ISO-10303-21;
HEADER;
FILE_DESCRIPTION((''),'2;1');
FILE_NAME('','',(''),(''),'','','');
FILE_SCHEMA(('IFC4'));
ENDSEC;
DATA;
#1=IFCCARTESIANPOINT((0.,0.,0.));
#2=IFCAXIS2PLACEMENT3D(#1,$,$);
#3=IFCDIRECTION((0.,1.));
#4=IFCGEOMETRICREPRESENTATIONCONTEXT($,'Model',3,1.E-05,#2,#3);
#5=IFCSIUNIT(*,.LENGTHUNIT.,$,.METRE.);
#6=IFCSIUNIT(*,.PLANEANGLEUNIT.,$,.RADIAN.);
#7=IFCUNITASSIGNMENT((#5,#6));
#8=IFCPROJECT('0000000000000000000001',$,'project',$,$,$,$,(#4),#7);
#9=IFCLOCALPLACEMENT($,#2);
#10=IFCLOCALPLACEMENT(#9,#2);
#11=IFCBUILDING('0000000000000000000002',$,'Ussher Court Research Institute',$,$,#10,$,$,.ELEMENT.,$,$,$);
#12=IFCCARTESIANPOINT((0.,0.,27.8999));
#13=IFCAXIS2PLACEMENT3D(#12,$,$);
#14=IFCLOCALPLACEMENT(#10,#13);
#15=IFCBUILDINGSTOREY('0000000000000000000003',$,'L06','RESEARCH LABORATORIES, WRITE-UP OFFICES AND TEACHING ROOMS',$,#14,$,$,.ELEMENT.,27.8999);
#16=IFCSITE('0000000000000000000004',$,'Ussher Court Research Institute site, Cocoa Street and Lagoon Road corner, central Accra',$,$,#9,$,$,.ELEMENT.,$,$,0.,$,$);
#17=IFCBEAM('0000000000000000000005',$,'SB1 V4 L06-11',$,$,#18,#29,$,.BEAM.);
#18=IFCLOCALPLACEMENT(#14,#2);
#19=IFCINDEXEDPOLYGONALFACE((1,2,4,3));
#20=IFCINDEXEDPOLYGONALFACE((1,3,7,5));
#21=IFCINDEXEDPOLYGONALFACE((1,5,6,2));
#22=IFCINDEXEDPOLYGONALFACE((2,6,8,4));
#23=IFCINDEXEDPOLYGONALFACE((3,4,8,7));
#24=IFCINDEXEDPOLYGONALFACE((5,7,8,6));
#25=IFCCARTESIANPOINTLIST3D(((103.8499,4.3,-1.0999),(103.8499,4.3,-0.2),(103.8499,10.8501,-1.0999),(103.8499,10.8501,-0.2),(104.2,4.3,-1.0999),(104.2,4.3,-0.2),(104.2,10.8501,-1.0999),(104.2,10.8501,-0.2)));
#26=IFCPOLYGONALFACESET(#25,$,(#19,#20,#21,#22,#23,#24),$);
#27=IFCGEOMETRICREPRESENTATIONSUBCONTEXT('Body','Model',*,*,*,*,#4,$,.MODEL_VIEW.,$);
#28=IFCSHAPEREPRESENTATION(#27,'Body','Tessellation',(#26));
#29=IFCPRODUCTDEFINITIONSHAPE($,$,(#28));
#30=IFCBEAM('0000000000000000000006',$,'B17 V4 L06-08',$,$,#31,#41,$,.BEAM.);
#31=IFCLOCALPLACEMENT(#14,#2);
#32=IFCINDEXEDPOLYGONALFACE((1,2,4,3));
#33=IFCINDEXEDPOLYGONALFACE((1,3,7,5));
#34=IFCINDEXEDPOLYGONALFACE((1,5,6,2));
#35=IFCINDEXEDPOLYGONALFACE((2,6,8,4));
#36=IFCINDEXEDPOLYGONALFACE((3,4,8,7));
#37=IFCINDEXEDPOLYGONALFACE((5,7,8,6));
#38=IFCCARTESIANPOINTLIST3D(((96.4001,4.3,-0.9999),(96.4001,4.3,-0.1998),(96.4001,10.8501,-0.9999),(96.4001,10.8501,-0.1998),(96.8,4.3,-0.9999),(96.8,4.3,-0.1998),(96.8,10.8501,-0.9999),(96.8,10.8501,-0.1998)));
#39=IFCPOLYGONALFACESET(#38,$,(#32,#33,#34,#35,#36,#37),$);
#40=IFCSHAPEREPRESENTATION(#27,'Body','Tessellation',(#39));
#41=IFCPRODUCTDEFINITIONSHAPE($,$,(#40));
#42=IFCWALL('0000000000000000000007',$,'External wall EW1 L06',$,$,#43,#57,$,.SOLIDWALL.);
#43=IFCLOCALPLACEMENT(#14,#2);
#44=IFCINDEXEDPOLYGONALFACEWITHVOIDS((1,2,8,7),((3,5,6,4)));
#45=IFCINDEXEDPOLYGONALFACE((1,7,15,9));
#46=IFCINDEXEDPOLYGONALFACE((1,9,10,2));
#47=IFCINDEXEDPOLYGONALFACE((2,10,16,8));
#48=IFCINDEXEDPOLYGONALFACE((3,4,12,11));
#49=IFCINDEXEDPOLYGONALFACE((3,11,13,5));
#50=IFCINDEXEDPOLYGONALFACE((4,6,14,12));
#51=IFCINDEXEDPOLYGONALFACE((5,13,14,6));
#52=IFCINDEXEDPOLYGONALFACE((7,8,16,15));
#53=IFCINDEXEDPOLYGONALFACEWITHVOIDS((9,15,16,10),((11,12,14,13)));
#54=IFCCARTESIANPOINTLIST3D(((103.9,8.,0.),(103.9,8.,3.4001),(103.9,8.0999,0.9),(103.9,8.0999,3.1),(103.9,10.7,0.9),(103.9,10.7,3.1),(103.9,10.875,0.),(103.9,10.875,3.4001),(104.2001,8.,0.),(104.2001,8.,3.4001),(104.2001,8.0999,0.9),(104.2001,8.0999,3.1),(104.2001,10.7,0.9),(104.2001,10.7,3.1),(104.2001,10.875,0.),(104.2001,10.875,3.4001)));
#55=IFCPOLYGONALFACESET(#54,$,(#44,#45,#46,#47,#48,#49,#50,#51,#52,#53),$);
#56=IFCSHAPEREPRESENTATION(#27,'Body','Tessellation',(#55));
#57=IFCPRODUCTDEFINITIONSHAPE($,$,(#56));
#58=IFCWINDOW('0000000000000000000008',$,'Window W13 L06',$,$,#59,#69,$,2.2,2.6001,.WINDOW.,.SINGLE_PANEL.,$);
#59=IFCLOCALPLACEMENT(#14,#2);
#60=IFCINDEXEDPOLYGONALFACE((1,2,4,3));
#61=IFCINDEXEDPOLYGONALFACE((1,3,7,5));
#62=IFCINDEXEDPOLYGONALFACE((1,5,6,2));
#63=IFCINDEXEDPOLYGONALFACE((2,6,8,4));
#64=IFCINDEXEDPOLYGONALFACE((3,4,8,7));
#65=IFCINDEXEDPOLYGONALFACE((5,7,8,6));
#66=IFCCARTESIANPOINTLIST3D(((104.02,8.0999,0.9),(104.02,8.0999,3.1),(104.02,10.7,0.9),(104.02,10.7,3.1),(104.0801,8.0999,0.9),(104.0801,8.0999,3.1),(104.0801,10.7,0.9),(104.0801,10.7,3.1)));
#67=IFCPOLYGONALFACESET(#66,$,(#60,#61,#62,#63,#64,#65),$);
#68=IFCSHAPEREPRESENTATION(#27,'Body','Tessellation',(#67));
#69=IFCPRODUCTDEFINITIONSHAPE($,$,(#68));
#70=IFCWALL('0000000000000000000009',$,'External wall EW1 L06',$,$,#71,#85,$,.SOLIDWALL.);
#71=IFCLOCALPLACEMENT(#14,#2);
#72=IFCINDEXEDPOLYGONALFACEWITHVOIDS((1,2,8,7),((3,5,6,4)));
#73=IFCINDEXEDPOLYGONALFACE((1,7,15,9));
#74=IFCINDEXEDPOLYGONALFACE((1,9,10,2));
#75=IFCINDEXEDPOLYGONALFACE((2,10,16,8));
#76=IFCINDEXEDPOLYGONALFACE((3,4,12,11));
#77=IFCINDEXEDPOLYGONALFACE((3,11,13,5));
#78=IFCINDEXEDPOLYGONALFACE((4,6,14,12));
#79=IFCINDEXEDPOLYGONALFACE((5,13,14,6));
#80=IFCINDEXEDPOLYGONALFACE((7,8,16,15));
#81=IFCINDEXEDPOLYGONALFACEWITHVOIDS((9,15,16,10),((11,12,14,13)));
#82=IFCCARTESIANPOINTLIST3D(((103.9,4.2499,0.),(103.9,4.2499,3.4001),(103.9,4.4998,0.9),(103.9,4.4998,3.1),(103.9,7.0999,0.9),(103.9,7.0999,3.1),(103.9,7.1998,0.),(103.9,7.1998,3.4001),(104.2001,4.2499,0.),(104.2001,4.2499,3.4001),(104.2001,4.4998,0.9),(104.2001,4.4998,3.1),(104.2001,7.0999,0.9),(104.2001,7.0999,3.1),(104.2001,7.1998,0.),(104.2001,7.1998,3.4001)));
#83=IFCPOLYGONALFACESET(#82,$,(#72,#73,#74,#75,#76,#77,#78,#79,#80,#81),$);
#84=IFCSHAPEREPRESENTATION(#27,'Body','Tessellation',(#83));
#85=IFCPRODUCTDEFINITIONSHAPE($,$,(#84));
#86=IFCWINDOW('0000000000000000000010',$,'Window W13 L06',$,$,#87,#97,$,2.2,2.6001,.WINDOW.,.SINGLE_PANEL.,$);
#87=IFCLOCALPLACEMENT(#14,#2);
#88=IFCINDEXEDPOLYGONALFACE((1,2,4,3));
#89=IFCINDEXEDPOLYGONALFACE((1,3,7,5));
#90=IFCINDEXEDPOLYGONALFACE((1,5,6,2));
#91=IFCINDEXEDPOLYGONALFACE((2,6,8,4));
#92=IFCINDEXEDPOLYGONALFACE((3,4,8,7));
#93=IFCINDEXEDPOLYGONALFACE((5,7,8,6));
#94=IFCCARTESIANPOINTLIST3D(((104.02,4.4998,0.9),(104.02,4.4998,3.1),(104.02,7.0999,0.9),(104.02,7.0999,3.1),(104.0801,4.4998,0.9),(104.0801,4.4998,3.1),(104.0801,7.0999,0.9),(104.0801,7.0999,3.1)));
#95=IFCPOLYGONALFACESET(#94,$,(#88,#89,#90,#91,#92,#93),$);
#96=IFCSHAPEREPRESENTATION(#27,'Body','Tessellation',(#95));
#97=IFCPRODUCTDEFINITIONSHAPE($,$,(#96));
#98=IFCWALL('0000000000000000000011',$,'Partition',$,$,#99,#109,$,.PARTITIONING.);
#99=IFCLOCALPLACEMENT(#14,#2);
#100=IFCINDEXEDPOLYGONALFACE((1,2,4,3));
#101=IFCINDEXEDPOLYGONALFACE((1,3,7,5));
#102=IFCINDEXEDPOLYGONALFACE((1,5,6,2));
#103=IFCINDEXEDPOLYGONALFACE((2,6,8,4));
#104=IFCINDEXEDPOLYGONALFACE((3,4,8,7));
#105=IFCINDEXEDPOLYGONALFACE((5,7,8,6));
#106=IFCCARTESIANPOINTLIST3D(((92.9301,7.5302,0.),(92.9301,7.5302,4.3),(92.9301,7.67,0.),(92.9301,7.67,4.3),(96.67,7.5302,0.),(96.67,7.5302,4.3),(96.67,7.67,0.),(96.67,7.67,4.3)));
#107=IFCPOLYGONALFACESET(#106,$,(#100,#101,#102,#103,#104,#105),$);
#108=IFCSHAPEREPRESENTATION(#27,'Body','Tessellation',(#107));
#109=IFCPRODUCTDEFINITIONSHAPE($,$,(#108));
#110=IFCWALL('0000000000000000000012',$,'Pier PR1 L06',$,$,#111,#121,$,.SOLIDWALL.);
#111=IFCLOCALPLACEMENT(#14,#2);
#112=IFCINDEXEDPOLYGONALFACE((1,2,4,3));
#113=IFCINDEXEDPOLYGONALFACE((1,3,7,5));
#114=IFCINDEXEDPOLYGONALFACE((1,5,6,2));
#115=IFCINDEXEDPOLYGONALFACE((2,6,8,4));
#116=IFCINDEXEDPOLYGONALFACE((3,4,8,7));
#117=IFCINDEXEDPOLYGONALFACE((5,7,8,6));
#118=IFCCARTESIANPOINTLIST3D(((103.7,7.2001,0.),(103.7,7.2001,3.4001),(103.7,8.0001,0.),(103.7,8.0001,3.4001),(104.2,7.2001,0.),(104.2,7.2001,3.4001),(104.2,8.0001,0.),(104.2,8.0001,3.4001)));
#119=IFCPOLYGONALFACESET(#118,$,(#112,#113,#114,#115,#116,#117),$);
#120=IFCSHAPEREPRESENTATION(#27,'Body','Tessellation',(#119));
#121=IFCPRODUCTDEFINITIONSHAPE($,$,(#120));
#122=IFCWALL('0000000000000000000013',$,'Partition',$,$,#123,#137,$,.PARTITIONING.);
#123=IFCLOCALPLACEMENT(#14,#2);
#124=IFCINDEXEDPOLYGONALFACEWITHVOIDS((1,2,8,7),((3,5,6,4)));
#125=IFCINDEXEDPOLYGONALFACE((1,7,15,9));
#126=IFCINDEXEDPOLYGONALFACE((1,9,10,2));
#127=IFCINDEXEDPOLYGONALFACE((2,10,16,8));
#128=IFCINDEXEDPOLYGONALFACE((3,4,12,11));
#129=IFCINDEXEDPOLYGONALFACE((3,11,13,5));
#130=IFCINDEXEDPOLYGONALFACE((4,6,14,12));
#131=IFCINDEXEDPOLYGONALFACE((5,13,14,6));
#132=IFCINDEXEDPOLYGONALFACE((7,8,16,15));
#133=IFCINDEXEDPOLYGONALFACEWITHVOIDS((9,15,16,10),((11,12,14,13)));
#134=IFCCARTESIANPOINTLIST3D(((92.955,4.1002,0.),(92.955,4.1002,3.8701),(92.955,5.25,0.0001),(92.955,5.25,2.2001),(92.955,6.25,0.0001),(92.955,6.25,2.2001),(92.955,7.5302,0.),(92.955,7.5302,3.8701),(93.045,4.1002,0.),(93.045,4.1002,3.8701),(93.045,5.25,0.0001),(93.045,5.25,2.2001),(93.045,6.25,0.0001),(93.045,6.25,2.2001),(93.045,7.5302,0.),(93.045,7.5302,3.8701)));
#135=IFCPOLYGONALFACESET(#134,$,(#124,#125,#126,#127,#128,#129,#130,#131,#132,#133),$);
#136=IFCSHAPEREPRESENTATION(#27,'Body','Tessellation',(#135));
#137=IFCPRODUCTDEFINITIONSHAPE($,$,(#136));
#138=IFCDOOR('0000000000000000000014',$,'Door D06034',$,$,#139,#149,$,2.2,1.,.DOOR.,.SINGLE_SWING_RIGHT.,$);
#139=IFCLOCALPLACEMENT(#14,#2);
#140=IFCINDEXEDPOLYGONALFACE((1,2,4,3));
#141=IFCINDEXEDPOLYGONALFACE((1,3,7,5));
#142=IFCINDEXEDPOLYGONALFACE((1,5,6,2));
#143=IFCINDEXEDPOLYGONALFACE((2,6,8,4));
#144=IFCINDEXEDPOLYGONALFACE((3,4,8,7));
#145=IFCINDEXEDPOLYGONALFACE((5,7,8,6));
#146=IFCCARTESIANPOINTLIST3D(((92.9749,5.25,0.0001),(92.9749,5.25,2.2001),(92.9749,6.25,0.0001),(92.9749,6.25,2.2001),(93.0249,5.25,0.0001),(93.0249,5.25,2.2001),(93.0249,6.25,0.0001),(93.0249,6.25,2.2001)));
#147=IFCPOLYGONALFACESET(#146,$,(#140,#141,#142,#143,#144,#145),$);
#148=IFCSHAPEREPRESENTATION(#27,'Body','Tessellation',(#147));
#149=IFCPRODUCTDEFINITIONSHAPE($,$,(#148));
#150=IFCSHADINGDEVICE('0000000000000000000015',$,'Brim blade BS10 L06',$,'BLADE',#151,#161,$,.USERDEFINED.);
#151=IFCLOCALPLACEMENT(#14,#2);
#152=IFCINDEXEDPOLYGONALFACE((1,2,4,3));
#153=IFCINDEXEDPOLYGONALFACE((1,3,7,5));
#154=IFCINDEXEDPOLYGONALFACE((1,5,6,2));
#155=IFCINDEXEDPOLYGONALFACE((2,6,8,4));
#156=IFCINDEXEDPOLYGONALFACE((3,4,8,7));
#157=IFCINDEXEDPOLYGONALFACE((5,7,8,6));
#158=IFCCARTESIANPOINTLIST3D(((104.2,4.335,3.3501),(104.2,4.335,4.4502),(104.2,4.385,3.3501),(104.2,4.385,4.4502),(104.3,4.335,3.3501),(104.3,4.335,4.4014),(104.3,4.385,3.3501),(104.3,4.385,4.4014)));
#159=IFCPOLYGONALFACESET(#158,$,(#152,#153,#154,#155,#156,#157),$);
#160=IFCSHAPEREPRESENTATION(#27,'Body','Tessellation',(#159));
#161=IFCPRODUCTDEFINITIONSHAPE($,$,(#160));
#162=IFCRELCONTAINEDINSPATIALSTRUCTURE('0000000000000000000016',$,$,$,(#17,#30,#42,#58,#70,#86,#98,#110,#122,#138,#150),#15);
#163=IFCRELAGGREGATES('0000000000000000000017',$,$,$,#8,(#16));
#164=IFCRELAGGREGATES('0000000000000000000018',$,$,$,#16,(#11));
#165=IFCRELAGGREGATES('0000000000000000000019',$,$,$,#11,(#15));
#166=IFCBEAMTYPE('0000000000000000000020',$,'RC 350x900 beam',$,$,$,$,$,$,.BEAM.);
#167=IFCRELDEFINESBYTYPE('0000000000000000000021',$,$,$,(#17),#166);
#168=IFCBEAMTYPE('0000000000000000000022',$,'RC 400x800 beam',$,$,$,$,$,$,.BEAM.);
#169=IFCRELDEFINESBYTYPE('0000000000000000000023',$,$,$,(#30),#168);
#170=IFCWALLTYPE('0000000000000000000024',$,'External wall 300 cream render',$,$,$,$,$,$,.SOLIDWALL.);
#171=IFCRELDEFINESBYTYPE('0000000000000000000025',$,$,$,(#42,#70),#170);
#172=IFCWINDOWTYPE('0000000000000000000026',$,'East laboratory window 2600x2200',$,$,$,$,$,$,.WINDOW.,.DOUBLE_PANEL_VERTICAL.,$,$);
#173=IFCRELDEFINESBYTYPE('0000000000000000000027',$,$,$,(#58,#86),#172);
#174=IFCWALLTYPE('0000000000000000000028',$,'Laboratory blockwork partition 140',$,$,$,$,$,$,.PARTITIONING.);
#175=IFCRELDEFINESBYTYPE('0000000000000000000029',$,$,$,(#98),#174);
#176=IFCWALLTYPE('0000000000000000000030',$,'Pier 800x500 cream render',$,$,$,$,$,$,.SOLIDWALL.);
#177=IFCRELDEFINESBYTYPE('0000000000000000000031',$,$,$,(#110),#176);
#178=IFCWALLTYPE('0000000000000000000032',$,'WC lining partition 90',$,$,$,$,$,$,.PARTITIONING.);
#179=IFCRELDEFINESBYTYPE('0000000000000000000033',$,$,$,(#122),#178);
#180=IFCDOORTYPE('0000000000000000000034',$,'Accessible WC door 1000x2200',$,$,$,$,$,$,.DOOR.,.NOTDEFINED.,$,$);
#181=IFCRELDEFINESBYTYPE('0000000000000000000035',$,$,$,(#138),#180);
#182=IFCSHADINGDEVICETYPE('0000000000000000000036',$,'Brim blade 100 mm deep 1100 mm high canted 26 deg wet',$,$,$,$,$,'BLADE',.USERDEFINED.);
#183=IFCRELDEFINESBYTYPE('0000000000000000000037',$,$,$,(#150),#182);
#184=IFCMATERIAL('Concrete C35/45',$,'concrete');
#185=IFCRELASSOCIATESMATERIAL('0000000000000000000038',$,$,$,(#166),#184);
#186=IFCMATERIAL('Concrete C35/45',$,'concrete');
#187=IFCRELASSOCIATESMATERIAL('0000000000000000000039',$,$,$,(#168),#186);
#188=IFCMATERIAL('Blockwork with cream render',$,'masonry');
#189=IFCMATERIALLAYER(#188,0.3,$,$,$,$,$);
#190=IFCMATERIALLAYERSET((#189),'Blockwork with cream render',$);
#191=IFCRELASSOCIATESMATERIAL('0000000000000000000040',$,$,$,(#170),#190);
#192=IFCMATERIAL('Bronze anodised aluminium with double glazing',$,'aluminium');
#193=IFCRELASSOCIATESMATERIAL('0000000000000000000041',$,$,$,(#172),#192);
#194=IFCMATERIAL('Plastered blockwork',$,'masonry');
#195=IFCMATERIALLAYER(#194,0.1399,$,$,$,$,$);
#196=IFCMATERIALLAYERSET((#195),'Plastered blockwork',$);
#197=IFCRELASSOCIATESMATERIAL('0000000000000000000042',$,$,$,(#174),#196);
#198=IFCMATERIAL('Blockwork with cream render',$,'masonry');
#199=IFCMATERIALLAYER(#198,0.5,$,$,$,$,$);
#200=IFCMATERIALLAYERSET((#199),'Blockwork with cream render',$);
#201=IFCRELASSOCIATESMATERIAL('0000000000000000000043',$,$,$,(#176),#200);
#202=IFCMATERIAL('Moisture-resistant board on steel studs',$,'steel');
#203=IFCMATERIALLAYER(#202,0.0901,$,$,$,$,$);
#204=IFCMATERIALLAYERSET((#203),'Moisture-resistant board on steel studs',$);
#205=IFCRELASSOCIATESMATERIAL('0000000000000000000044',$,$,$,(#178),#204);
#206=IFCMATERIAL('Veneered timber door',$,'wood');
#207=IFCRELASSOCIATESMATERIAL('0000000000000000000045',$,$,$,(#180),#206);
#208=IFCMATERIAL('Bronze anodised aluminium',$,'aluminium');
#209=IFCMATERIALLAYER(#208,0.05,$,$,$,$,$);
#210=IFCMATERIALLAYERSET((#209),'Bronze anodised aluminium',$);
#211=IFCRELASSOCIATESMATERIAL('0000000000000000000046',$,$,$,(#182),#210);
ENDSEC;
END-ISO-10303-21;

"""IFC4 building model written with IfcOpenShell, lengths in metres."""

from ifc_helpers import new_model, si_unit, direction, frame, frame_2d, origin, origin_2d, place, context, subcontext, project, spatial, polyline, rectangle, outline, extrude, material, layer, layer_set, material_profile, profile_set, type_object, element, fill, save


model = new_model("IFC4")

# Units and contexts
model_context = context("Model", 3, precision=1e-05, world=origin(), true_north=direction((0.0, 1.0)))
body_context = subcontext(model_context, "Body", "Model", "MODEL_VIEW")
ifc_project = project(units=[si_unit("LENGTHUNIT", "METRE"), si_unit("PLANEANGLEUNIT", "RADIAN")], contexts=[model_context])

# Site, building, storey
site_placement = place(None, origin())
site = spatial("IfcSite", under=ifc_project, at=site_placement, Name="Ussher Court Research Institute site, Cocoa Street and Lagoon Road corner, central Accra", CompositionType="ELEMENT", RefElevation=0.0)
building_placement = place(site_placement, origin())
building = spatial("IfcBuilding", under=site, at=building_placement, Name="Ussher Court Research Institute", CompositionType="ELEMENT")
storey_placement = place(building_placement, frame((0.0, 0.0, 27.8999)))
storey = spatial("IfcBuildingStorey", under=building, at=storey_placement, Name="L06", Description="RESEARCH LABORATORIES, WRITE-UP OFFICES AND TEACHING ROOMS", CompositionType="ELEMENT", Elevation=27.8999)

# Beams
ifc_material_1 = material(Name="Concrete C35/45", Category="concrete")
ifc_material_profile_1 = material_profile(ifc_material_1, rectangle(XDim=0.3501, YDim=0.8999, at=origin_2d()), Name="RC 350x900")
ifc_profile_set_1 = profile_set([ifc_material_profile_1], Name="Concrete C35/45")
beam_type_1 = type_object("IfcBeamType", Name="RC 350x900 beam", PredefinedType="BEAM", material=ifc_profile_set_1)
beam_1_placement = place(storey_placement, frame((104.0249, 4.3, -0.6499), z_axis=(0.0, 1.0, 0.0), x_axis=(-1.0, 0.0, 0.0)))
element("IfcBeam", 1, at=beam_1_placement, inside=storey, type_object=beam_type_1, Name="SB1 V4 L06-11", PredefinedType="BEAM", context=body_context, shape_type="SweptSolid", body=[
    extrude(rectangle(XDim=0.3501, YDim=0.8999, at=origin_2d()), origin(), (0.0, 0.0, 1.0), 6.55),
])
ifc_material_2 = material(Name="Concrete C35/45", Category="concrete")
ifc_material_profile_2 = material_profile(ifc_material_2, rectangle(XDim=0.3999, YDim=0.8, at=origin_2d()), Name="RC 400x800")
ifc_profile_set_2 = profile_set([ifc_material_profile_2], Name="Concrete C35/45")
beam_type_2 = type_object("IfcBeamType", Name="RC 400x800 beam", PredefinedType="BEAM", material=ifc_profile_set_2)
beam_2_placement = place(storey_placement, frame((96.6001, 4.3, -0.5999), z_axis=(0.0, 1.0, 0.0), x_axis=(-1.0, 0.0, 0.0)))
element("IfcBeam", 2, at=beam_2_placement, inside=storey, type_object=beam_type_2, Name="B17 V4 L06-08", PredefinedType="BEAM", context=body_context, shape_type="SweptSolid", body=[
    extrude(rectangle(XDim=0.3999, YDim=0.8, at=origin_2d()), origin(), (0.0, 0.0, 1.0), 6.55),
])

# Walls, openings, windows
ifc_material_3 = material(Name="Blockwork with cream render", Category="masonry")
ifc_layer_1 = layer(ifc_material_3, 0.3)
ifc_layer_set_1 = layer_set([ifc_layer_1], Name="Blockwork with cream render")
wall_type_1 = type_object("IfcWallType", Name="External wall 300 cream render", PredefinedType="SOLIDWALL", material=ifc_layer_set_1)
wall_1_placement = place(storey_placement, frame((104.05, 10.875, 0.0), z_axis=(0.0, 0.0, 1.0), x_axis=(0.0, -1.0, 0.0)))
wall_1 = element("IfcWall", 3, at=wall_1_placement, inside=storey, type_object=wall_type_1, Name="External wall EW1 L06", PredefinedType="SOLIDWALL", context=body_context, shape_type="SweptSolid", body=[
    extrude(rectangle(XDim=2.875, YDim=0.3, at=frame_2d((1.4375, 0.0))), origin(), (0.0, 0.0, 1.0), 3.4001),
])
opening_1_placement = place(wall_1_placement, frame((0.175, 0.0, 0.8999)))
opening_1 = element("IfcOpeningElement", 4, at=opening_1_placement, cuts=wall_1, PredefinedType="OPENING", context=body_context, shape_type="SweptSolid", body=[
    extrude(rectangle(XDim=2.6001, YDim=2.2, at=frame_2d((1.3, 1.1001))), frame((0.0, 0.1602, 0.0), z_axis=(0.0, -1.0, 0.0), x_axis=(1.0, 0.0, 0.0)), (0.0, 0.0, 1.0), 0.3201),
])
ifc_material_4 = material(Name="Bronze anodised aluminium with double glazing", Category="aluminium")
window_type = type_object("IfcWindowType", Name="East laboratory window 2600x2200", PartitioningType="DOUBLE_PANEL_VERTICAL", PredefinedType="WINDOW", material=ifc_material_4)
window_1_placement = place(opening_1_placement, origin())
window_1 = element("IfcWindow", 5, at=window_1_placement, inside=storey, type_object=window_type, Name="Window W13 L06", OverallHeight=2.2, OverallWidth=2.6001, PartitioningType="SINGLE_PANEL", PredefinedType="WINDOW", context=body_context, shape_type="SweptSolid", body=[
    extrude(rectangle(XDim=2.6001, YDim=2.2, at=frame_2d((1.3, 1.1001))), frame((0.0, 0.03, 0.0), z_axis=(0.0, -1.0, 0.0), x_axis=(1.0, 0.0, 0.0)), (0.0, 0.0, 1.0), 0.0601),
])
fill(opening_1, window_1)
wall_2_placement = place(storey_placement, frame((104.05, 7.2, 0.0), z_axis=(0.0, 0.0, 1.0), x_axis=(0.0, -1.0, 0.0)))
wall_2 = element("IfcWall", 6, at=wall_2_placement, inside=storey, type_object=wall_type_1, Name="External wall EW1 L06", PredefinedType="SOLIDWALL", context=body_context, shape_type="SweptSolid", body=[
    extrude(rectangle(XDim=2.95, YDim=0.3, at=frame_2d((1.4751, 0.0))), origin(), (0.0, 0.0, 1.0), 3.4001),
])
opening_2_placement = place(wall_2_placement, frame((0.1001, 0.0, 0.8999)))
opening_2 = element("IfcOpeningElement", 7, at=opening_2_placement, cuts=wall_2, PredefinedType="OPENING", context=body_context, shape_type="SweptSolid", body=[
    extrude(rectangle(XDim=2.6001, YDim=2.2, at=frame_2d((1.3, 1.1001))), frame((0.0, 0.1602, 0.0), z_axis=(0.0, -1.0, 0.0), x_axis=(1.0, 0.0, 0.0)), (0.0, 0.0, 1.0), 0.3201),
])
window_2_placement = place(opening_2_placement, origin())
window_2 = element("IfcWindow", 8, at=window_2_placement, inside=storey, type_object=window_type, Name="Window W13 L06", OverallHeight=2.2, OverallWidth=2.6001, PartitioningType="SINGLE_PANEL", PredefinedType="WINDOW", context=body_context, shape_type="SweptSolid", body=[
    extrude(rectangle(XDim=2.6001, YDim=2.2, at=frame_2d((1.3, 1.1001))), frame((0.0, 0.03, 0.0), z_axis=(0.0, -1.0, 0.0), x_axis=(1.0, 0.0, 0.0)), (0.0, 0.0, 1.0), 0.0601),
])
fill(opening_2, window_2)

# Walls
ifc_material_5 = material(Name="Plastered blockwork", Category="masonry")
ifc_layer_2 = layer(ifc_material_5, 0.1399)
ifc_layer_set_2 = layer_set([ifc_layer_2], Name="Plastered blockwork")
wall_type_2 = type_object("IfcWallType", Name="Laboratory blockwork partition 140", PredefinedType="PARTITIONING", material=ifc_layer_set_2)
wall_3_placement = place(storey_placement, frame((92.9299, 7.6001, 0.0), z_axis=(0.0, 0.0, 1.0), x_axis=(1.0, 0.0, 0.0)))
element("IfcWall", 9, at=wall_3_placement, inside=storey, type_object=wall_type_2, Name="Partition", PredefinedType="PARTITIONING", context=body_context, shape_type="SweptSolid", body=[
    extrude(rectangle(XDim=3.74, YDim=0.1399, at=frame_2d((1.8701, 0.0))), origin(), (0.0, 0.0, 1.0), 4.3),
])
ifc_material_6 = material(Name="Blockwork with cream render", Category="masonry")
ifc_layer_3 = layer(ifc_material_6, 0.5)
ifc_layer_set_3 = layer_set([ifc_layer_3], Name="Blockwork with cream render")
wall_type_3 = type_object("IfcWallType", Name="Pier 800x500 cream render", PredefinedType="SOLIDWALL", material=ifc_layer_set_3)
wall_4_placement = place(storey_placement, frame((103.95, 8.0, 0.0), z_axis=(0.0, 0.0, 1.0), x_axis=(0.0, -1.0, 0.0)))
element("IfcWall", 10, at=wall_4_placement, inside=storey, type_object=wall_type_3, Name="Pier PR1 L06", PredefinedType="SOLIDWALL", context=body_context, shape_type="SweptSolid", body=[
    extrude(rectangle(XDim=0.8, YDim=0.5, at=frame_2d((0.3999, 0.0))), origin(), (0.0, 0.0, 1.0), 3.4001),
])

# Wall, opening, door
ifc_material_7 = material(Name="Moisture-resistant board on steel studs", Category="steel")
ifc_layer_4 = layer(ifc_material_7, 0.0901)
ifc_layer_set_4 = layer_set([ifc_layer_4], Name="Moisture-resistant board on steel studs")
wall_type_4 = type_object("IfcWallType", Name="WC lining partition 90", PredefinedType="PARTITIONING", material=ifc_layer_set_4)
wall_5_placement = place(storey_placement, frame((93.0, 7.53, 0.0), z_axis=(0.0, 0.0, 1.0), x_axis=(0.0, -1.0, 0.0)))
wall_5 = element("IfcWall", 11, at=wall_5_placement, inside=storey, type_object=wall_type_4, Name="Partition", PredefinedType="PARTITIONING", context=body_context, shape_type="SweptSolid", body=[
    extrude(rectangle(XDim=3.4299, YDim=0.0901, at=frame_2d((1.7148, 0.0))), origin(), (0.0, 0.0, 1.0), 3.8701),
])
opening_3_placement = place(wall_5_placement, frame((1.28, 0.0, 0.0)))
opening_3 = element("IfcOpeningElement", 12, at=opening_3_placement, cuts=wall_5, PredefinedType="OPENING", context=body_context, shape_type="SweptSolid", body=[
    extrude(rectangle(XDim=1.0, YDim=2.2, at=frame_2d((0.5, 1.1001))), frame((0.0, 0.0552, 0.0), z_axis=(0.0, -1.0, 0.0), x_axis=(1.0, 0.0, 0.0)), (0.0, 0.0, 1.0), 0.1101),
])
ifc_material_8 = material(Name="Veneered timber door", Category="wood")
door_type = type_object("IfcDoorType", Name="Accessible WC door 1000x2200", OperationType="NOTDEFINED", PredefinedType="DOOR", material=ifc_material_8)
door_placement = place(opening_3_placement, origin())
door = element("IfcDoor", 13, at=door_placement, inside=storey, type_object=door_type, Name="Door D06034", OperationType="SINGLE_SWING_RIGHT", OverallHeight=2.2, OverallWidth=1.0, PredefinedType="DOOR", context=body_context, shape_type="SweptSolid", body=[
    extrude(rectangle(XDim=1.0, YDim=2.2, at=frame_2d((0.5, 1.1001))), frame((0.0, 0.0249, 0.0), z_axis=(0.0, -1.0, 0.0), x_axis=(1.0, 0.0, 0.0)), (0.0, 0.0, 1.0), 0.05),
])
fill(opening_3, door)

# Shading device
ifc_material_9 = material(Name="Bronze anodised aluminium", Category="aluminium")
ifc_layer_5 = layer(ifc_material_9, 0.05)
ifc_layer_set_5 = layer_set([ifc_layer_5], Name="Bronze anodised aluminium")
shading_device_type_1 = type_object("IfcShadingDeviceType", Name="Brim blade 100 mm deep 1100 mm high canted 26 deg wet", ElementType="BLADE", PredefinedType="USERDEFINED", material=ifc_layer_set_5)
shading_device_1_placement = place(storey_placement, frame((104.2, 4.3601, 3.3501), z_axis=(0.0, 0.0, 1.0), x_axis=(1.0, 0.0, 0.0)))
element("IfcShadingDevice", 14, at=shading_device_1_placement, inside=storey, type_object=shading_device_type_1, Name="Brim blade BS10 L06", ObjectType="BLADE", PredefinedType="USERDEFINED", context=body_context, shape_type="SweptSolid", body=[
    extrude(outline(polyline([(0.0, 0.0), (0.1001, 0.0), (0.1001, 1.0513), (0.0, 1.1001), (0.0, 0.0)])), frame((0.0, 0.0249, 0.0), z_axis=(0.0, -1.0, 0.0), x_axis=(1.0, 0.0, 0.0)), (0.0, 0.0, 1.0), 0.05),
])

save(model, "model.ifc")
